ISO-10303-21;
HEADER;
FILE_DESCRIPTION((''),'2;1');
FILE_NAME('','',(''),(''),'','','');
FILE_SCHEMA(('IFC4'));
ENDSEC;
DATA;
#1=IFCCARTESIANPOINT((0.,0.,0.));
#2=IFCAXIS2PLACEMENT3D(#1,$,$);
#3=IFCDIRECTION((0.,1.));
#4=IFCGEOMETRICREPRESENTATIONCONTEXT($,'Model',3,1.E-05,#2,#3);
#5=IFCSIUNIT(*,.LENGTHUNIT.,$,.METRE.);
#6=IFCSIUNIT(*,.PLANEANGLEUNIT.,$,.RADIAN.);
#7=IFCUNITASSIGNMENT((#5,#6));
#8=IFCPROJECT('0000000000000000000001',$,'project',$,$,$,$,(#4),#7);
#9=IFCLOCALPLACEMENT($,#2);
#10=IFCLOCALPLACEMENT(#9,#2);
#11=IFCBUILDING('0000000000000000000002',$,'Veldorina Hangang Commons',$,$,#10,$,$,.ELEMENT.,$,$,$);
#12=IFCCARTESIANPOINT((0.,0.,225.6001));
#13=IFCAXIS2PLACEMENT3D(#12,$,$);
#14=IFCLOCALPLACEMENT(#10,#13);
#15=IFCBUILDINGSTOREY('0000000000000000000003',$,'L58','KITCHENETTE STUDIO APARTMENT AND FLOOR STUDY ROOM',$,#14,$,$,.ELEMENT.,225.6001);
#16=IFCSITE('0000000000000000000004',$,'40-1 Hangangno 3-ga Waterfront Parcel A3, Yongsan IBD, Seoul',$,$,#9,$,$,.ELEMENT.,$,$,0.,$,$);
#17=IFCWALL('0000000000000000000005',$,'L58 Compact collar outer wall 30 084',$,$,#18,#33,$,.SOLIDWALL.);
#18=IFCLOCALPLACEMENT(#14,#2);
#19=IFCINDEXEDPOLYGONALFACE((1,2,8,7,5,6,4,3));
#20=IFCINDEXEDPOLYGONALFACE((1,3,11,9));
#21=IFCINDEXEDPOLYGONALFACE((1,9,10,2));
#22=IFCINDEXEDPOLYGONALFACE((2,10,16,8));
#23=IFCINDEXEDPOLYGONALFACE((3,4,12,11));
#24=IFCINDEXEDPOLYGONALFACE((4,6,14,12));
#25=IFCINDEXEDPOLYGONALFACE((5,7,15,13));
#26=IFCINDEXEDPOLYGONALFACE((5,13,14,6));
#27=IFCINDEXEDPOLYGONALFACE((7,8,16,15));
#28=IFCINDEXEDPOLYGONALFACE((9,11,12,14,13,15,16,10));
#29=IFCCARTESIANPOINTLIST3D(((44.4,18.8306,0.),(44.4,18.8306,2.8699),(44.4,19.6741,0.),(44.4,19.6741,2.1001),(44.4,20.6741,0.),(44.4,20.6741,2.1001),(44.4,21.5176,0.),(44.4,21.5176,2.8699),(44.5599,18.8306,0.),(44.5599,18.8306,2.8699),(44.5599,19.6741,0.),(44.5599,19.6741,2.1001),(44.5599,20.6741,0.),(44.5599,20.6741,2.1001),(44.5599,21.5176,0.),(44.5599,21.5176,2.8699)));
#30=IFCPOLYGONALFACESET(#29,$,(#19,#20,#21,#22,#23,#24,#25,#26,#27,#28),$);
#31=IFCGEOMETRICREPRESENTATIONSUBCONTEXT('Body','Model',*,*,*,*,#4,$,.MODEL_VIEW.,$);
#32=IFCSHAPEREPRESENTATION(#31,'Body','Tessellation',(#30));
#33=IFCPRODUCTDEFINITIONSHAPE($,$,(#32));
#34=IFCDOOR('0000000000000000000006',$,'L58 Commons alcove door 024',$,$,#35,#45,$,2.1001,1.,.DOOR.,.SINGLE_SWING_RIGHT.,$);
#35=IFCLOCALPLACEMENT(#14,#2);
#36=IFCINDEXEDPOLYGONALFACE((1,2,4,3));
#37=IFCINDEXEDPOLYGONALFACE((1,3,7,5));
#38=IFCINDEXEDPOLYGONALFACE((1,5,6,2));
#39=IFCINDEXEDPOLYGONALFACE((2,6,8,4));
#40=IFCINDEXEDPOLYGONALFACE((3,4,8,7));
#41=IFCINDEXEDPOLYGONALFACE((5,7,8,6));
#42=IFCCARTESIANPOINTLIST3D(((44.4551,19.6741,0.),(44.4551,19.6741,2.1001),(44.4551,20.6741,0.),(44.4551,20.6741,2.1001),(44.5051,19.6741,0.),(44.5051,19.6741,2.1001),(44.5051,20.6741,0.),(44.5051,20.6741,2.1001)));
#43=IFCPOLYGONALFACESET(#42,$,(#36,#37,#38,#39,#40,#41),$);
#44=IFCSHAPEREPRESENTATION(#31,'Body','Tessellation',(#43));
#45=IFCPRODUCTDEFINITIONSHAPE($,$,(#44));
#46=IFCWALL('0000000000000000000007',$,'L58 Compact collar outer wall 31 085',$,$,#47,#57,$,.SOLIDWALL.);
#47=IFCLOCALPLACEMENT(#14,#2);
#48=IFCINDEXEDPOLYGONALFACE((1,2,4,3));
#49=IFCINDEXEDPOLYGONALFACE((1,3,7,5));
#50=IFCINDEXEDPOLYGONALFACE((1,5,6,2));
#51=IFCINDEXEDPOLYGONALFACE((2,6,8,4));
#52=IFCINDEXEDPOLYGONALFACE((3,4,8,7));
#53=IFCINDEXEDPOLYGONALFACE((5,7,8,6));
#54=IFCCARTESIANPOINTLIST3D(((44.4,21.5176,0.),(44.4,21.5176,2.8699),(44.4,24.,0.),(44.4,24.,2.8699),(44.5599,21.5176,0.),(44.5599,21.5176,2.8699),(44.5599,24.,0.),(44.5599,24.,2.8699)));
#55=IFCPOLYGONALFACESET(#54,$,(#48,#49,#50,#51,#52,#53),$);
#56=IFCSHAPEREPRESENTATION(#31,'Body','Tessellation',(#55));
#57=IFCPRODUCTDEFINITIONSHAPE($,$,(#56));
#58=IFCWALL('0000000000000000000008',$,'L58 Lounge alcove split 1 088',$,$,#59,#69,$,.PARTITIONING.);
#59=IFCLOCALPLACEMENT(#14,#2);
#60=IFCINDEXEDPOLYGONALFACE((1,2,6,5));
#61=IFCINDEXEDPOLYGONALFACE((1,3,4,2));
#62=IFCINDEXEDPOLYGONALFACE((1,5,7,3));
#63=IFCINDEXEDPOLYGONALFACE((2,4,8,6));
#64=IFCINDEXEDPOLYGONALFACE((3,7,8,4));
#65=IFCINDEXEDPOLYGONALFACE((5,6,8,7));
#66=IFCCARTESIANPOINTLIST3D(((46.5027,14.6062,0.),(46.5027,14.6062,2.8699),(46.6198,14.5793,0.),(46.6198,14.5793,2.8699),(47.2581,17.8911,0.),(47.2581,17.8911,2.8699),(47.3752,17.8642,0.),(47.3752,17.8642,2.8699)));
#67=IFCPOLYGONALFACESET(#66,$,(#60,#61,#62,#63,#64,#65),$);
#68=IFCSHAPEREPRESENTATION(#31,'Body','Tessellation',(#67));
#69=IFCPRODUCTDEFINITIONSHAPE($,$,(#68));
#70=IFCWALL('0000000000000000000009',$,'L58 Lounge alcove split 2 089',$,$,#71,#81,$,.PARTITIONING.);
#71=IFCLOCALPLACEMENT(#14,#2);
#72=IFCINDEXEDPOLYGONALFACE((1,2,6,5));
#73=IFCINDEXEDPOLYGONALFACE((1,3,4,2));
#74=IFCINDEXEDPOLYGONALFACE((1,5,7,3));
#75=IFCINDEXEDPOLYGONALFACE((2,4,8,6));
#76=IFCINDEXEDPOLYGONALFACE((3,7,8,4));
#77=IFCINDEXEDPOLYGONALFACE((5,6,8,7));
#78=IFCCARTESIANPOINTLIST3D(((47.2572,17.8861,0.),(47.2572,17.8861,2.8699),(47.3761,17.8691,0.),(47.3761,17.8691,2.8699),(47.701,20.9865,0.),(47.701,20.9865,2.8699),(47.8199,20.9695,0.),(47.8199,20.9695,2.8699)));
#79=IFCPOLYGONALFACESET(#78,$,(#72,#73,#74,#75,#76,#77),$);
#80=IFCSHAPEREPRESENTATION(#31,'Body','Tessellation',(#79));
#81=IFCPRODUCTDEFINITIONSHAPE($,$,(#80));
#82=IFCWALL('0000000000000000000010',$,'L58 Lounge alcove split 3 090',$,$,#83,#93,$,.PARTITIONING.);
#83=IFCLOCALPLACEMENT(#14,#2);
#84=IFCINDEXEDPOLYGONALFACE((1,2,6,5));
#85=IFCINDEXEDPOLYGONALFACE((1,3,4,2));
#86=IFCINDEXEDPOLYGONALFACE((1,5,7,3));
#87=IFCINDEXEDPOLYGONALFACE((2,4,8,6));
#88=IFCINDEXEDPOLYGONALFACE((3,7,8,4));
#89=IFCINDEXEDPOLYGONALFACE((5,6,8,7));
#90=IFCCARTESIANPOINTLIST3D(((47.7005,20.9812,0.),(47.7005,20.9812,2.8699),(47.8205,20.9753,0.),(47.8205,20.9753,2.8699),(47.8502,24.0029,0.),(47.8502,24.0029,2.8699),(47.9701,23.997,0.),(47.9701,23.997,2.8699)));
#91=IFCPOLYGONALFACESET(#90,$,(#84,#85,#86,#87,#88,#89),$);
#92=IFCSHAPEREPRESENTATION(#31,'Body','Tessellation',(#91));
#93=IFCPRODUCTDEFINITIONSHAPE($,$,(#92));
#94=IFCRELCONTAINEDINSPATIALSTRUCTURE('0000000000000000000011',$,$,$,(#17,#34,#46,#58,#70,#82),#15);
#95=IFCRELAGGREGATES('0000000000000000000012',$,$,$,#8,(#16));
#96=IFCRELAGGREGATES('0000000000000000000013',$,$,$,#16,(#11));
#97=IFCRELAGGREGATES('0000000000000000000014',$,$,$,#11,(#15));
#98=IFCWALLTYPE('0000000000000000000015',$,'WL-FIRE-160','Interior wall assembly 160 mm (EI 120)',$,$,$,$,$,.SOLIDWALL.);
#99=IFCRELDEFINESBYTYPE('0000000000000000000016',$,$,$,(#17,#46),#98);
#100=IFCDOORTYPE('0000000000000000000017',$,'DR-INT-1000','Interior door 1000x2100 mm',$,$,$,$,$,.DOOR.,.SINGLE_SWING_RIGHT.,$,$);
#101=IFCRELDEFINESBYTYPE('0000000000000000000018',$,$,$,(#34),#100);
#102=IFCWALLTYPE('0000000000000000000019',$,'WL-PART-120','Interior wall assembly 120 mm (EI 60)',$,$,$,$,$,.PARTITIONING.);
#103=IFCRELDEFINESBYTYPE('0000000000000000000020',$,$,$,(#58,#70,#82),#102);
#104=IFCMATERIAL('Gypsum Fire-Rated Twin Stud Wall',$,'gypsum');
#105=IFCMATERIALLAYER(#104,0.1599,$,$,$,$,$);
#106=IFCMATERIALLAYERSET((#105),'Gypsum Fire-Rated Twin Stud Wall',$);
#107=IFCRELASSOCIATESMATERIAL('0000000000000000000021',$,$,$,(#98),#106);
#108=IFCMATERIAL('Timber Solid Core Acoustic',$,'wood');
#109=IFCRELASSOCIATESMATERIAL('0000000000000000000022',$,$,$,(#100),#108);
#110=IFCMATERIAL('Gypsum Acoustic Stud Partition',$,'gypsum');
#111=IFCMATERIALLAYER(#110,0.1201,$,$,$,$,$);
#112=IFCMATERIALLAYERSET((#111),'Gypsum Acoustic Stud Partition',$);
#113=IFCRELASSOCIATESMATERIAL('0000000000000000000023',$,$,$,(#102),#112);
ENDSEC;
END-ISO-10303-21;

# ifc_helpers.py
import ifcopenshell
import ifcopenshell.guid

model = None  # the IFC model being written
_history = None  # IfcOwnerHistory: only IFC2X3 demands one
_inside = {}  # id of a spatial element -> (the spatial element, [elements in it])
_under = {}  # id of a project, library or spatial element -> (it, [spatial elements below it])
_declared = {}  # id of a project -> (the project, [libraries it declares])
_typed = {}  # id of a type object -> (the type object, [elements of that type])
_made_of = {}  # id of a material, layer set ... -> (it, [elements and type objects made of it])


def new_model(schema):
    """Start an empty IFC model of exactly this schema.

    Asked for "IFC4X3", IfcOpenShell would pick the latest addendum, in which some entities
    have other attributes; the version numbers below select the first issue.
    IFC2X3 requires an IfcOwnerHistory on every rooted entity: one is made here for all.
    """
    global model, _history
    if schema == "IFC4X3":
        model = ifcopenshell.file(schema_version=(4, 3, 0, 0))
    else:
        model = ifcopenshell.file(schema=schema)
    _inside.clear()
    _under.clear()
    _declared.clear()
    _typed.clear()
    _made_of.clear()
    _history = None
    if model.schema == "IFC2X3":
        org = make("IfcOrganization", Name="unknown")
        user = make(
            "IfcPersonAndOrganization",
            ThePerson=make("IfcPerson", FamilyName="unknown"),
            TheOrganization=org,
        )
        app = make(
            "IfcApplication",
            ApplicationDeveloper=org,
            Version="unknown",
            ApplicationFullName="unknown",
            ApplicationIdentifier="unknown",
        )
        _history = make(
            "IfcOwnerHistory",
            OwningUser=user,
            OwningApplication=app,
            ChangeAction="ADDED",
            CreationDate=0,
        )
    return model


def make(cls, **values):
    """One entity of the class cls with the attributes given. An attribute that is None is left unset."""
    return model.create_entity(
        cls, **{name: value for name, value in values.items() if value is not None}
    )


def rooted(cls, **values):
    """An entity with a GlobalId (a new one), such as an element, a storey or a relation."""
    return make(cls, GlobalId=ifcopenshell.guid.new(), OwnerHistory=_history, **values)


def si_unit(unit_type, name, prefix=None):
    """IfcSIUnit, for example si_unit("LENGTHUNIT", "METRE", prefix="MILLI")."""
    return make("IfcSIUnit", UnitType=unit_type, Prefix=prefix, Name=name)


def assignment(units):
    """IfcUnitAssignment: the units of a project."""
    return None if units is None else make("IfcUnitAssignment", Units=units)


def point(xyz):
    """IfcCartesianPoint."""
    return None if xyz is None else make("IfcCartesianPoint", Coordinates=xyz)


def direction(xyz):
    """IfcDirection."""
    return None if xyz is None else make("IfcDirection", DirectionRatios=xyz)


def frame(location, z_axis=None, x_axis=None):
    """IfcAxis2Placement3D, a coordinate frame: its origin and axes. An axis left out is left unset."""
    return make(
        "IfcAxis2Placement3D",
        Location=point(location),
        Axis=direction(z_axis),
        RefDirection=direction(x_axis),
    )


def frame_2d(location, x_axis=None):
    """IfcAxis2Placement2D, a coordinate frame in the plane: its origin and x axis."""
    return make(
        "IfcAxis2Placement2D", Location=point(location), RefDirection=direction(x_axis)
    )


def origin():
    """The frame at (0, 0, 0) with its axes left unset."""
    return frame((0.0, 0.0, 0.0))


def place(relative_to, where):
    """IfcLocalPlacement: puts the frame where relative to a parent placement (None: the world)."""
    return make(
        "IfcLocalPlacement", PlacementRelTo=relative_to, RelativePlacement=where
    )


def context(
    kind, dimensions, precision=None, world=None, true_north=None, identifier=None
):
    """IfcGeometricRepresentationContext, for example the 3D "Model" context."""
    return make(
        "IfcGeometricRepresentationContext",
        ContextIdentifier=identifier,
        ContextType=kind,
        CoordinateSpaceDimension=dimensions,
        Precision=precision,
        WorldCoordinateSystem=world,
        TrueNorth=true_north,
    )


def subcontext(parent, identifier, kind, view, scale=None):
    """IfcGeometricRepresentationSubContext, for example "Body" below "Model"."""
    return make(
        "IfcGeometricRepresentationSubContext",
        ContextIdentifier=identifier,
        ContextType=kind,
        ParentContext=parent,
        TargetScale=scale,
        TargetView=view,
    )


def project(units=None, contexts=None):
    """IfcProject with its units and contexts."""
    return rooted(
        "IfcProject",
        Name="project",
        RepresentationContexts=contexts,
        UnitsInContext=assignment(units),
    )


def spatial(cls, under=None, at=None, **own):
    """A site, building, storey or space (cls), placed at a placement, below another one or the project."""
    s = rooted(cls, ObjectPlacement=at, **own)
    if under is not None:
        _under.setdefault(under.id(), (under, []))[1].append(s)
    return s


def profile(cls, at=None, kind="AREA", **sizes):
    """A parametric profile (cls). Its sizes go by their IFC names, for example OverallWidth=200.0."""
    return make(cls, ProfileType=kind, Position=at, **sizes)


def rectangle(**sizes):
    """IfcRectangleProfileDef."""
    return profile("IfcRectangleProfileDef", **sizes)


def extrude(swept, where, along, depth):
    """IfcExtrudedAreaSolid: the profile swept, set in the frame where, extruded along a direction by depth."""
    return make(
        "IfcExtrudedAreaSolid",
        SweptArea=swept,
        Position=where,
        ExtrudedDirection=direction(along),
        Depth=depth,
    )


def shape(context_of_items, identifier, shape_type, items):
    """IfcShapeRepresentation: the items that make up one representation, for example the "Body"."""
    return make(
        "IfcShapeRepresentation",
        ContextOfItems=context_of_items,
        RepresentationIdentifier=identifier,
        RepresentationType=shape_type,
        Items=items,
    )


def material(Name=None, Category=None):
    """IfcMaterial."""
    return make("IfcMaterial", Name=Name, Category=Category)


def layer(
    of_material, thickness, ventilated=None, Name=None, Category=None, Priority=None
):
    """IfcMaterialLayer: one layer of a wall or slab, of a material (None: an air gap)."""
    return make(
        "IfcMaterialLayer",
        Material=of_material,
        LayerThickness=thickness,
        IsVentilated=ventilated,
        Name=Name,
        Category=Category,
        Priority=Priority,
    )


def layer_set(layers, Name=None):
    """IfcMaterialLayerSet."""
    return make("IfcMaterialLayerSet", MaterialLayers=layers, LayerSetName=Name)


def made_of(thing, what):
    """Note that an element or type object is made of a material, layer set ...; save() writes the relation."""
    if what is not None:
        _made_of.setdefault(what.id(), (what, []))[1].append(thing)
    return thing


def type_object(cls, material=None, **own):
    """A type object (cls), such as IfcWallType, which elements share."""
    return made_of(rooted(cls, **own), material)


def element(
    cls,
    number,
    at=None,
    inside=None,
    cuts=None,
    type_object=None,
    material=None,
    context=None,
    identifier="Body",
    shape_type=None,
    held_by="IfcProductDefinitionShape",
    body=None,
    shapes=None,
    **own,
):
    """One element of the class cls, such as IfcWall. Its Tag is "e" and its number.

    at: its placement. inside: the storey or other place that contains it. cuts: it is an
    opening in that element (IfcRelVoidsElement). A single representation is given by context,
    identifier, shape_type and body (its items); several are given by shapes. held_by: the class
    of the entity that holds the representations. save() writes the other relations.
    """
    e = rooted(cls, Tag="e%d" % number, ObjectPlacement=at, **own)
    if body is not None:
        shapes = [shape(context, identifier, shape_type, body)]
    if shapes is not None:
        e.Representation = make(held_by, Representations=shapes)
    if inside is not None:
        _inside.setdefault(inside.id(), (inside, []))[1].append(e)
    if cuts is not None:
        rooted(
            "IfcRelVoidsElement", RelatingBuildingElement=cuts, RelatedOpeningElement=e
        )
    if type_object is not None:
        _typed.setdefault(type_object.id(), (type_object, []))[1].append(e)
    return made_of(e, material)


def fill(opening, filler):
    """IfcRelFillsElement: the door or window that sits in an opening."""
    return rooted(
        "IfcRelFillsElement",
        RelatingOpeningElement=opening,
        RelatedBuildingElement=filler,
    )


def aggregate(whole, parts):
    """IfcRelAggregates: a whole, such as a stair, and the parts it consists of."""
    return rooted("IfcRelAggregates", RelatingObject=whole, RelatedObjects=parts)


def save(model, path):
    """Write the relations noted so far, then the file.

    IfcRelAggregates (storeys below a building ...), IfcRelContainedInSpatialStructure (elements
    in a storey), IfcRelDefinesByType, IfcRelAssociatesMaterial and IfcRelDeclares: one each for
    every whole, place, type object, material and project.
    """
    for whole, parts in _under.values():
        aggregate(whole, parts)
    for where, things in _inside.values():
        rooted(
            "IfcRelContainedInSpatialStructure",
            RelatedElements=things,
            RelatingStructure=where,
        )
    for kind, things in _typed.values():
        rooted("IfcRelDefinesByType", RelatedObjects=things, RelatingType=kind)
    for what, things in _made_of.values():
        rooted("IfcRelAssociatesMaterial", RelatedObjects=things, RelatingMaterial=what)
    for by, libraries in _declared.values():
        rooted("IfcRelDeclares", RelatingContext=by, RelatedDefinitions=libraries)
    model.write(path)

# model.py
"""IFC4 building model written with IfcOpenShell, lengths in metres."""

from ifc_helpers import new_model, si_unit, direction, frame, frame_2d, origin, place, context, subcontext, project, spatial, rectangle, extrude, material, layer, layer_set, type_object, element, fill, save


model = new_model("IFC4")

# Units and contexts
model_context = context("Model", 3, precision=1e-05, world=origin(), true_north=direction((0.0, 1.0)))
body_context = subcontext(model_context, "Body", "Model", "MODEL_VIEW")
ifc_project = project(units=[si_unit("LENGTHUNIT", "METRE"), si_unit("PLANEANGLEUNIT", "RADIAN")], contexts=[model_context])

# Site, building, storey
site_placement = place(None, origin())
site = spatial("IfcSite", under=ifc_project, at=site_placement, Name="40-1 Hangangno 3-ga Waterfront Parcel A3, Yongsan IBD, Seoul", CompositionType="ELEMENT", RefElevation=0.0)
building_placement = place(site_placement, origin())
building = spatial("IfcBuilding", under=site, at=building_placement, Name="Veldorina Hangang Commons", CompositionType="ELEMENT")
storey_placement = place(building_placement, frame((0.0, 0.0, 225.6001)))
storey = spatial("IfcBuildingStorey", under=building, at=storey_placement, Name="L58", Description="KITCHENETTE STUDIO APARTMENT AND FLOOR STUDY ROOM", CompositionType="ELEMENT", Elevation=225.6001)

# Shared definitions
ifc_material_1 = material(Name="Gypsum Fire-Rated Twin Stud Wall", Category="gypsum")
ifc_layer_1 = layer(ifc_material_1, 0.1599)
ifc_layer_set_1 = layer_set([ifc_layer_1], Name="Gypsum Fire-Rated Twin Stud Wall")
wall_type_1 = type_object("IfcWallType", Name="WL-FIRE-160", Description="Interior wall assembly 160 mm (EI 120)", PredefinedType="SOLIDWALL", material=ifc_layer_set_1)

# Wall, opening, door
wall_1_placement = place(storey_placement, frame((44.48, 18.8306, 0.0), z_axis=(0.0, 0.0, 1.0), x_axis=(0.0, 1.0, 0.0)))
wall_1 = element("IfcWall", 1, at=wall_1_placement, inside=storey, type_object=wall_type_1, Name="L58 Compact collar outer wall 30 084", PredefinedType="SOLIDWALL", context=body_context, shape_type="SweptSolid", body=[
    extrude(rectangle(XDim=2.687, YDim=0.1599, at=frame_2d((1.3435, 0.0))), origin(), (0.0, 0.0, 1.0), 2.8699),
])
opening_1_placement = place(wall_1_placement, frame((0.8435, 0.0, 0.0)))
opening_1 = element("IfcOpeningElement", 2, at=opening_1_placement, cuts=wall_1, PredefinedType="OPENING", context=body_context, shape_type="SweptSolid", body=[
    extrude(rectangle(XDim=1.0, YDim=2.1001, at=frame_2d((0.5, 1.05))), frame((0.0, 0.0898, 0.0), z_axis=(0.0, -1.0, 0.0), x_axis=(1.0, 0.0, 0.0)), (0.0, 0.0, 1.0), 0.1799),
])
ifc_material_2 = material(Name="Timber Solid Core Acoustic", Category="wood")
door_type_1 = type_object("IfcDoorType", Name="DR-INT-1000", Description="Interior door 1000x2100 mm", OperationType="SINGLE_SWING_RIGHT", PredefinedType="DOOR", material=ifc_material_2)
door_1_placement = place(opening_1_placement, origin())
door_1 = element("IfcDoor", 3, at=door_1_placement, inside=storey, type_object=door_type_1, Name="L58 Commons alcove door 024", OperationType="SINGLE_SWING_RIGHT", OverallHeight=2.1001, OverallWidth=1.0, PredefinedType="DOOR", context=body_context, shape_type="SweptSolid", body=[
    extrude(rectangle(XDim=1.0, YDim=2.1001, at=frame_2d((0.5, 1.05))), frame((0.0, 0.0249, 0.0), z_axis=(0.0, -1.0, 0.0), x_axis=(1.0, 0.0, 0.0)), (0.0, 0.0, 1.0), 0.05),
])
fill(opening_1, door_1)

# Walls
wall_2_placement = place(storey_placement, frame((44.48, 21.5176, 0.0), z_axis=(0.0, 0.0, 1.0), x_axis=(0.0, 1.0, 0.0)))
element("IfcWall", 4, at=wall_2_placement, inside=storey, type_object=wall_type_1, Name="L58 Compact collar outer wall 31 085", PredefinedType="SOLIDWALL", context=body_context, shape_type="SweptSolid", body=[
    extrude(rectangle(XDim=2.4824, YDim=0.1599, at=frame_2d((1.2412, 0.0))), origin(), (0.0, 0.0, 1.0), 2.8699),
])
ifc_material_3 = material(Name="Gypsum Acoustic Stud Partition", Category="gypsum")
ifc_layer_2 = layer(ifc_material_3, 0.1201)
ifc_layer_set_2 = layer_set([ifc_layer_2], Name="Gypsum Acoustic Stud Partition")
wall_type_2 = type_object("IfcWallType", Name="WL-PART-120", Description="Interior wall assembly 120 mm (EI 60)", PredefinedType="PARTITIONING", material=ifc_layer_set_2)
wall_3_placement = place(storey_placement, frame((46.5613, 14.5928, 0.0), z_axis=(0.0, 0.0, 1.0), x_axis=(0.224103, 0.974565, 0.0)))
element("IfcWall", 5, at=wall_3_placement, inside=storey, type_object=wall_type_2, Name="L58 Lounge alcove split 1 088", PredefinedType="PARTITIONING", context=body_context, shape_type="SweptSolid", body=[
    extrude(rectangle(XDim=3.3706, YDim=0.1201, at=frame_2d((1.6853, 0.0))), origin(), (0.0, 0.0, 1.0), 2.8699),
])
wall_4_placement = place(storey_placement, frame((47.3167, 17.8777, 0.0), z_axis=(0.0, 0.0, 1.0), x_axis=(0.141705, 0.989909, 0.0)))
element("IfcWall", 6, at=wall_4_placement, inside=storey, type_object=wall_type_2, Name="L58 Lounge alcove split 2 089", PredefinedType="PARTITIONING", context=body_context, shape_type="SweptSolid", body=[
    extrude(rectangle(XDim=3.1321, YDim=0.1201, at=frame_2d((1.5659, 0.0))), origin(), (0.0, 0.0, 1.0), 2.8699),
])
wall_5_placement = place(storey_placement, frame((47.7605, 20.9783, 0.0), z_axis=(0.0, 0.0, 1.0), x_axis=(0.049467, 0.998776, 0.0)))
element("IfcWall", 7, at=wall_5_placement, inside=storey, type_object=wall_type_2, Name="L58 Lounge alcove split 3 090", PredefinedType="PARTITIONING", context=body_context, shape_type="SweptSolid", body=[
    extrude(rectangle(XDim=3.0254, YDim=0.1201, at=frame_2d((1.5127, 0.0))), origin(), (0.0, 0.0, 1.0), 2.8699),
])

save(model, "model.ifc")
